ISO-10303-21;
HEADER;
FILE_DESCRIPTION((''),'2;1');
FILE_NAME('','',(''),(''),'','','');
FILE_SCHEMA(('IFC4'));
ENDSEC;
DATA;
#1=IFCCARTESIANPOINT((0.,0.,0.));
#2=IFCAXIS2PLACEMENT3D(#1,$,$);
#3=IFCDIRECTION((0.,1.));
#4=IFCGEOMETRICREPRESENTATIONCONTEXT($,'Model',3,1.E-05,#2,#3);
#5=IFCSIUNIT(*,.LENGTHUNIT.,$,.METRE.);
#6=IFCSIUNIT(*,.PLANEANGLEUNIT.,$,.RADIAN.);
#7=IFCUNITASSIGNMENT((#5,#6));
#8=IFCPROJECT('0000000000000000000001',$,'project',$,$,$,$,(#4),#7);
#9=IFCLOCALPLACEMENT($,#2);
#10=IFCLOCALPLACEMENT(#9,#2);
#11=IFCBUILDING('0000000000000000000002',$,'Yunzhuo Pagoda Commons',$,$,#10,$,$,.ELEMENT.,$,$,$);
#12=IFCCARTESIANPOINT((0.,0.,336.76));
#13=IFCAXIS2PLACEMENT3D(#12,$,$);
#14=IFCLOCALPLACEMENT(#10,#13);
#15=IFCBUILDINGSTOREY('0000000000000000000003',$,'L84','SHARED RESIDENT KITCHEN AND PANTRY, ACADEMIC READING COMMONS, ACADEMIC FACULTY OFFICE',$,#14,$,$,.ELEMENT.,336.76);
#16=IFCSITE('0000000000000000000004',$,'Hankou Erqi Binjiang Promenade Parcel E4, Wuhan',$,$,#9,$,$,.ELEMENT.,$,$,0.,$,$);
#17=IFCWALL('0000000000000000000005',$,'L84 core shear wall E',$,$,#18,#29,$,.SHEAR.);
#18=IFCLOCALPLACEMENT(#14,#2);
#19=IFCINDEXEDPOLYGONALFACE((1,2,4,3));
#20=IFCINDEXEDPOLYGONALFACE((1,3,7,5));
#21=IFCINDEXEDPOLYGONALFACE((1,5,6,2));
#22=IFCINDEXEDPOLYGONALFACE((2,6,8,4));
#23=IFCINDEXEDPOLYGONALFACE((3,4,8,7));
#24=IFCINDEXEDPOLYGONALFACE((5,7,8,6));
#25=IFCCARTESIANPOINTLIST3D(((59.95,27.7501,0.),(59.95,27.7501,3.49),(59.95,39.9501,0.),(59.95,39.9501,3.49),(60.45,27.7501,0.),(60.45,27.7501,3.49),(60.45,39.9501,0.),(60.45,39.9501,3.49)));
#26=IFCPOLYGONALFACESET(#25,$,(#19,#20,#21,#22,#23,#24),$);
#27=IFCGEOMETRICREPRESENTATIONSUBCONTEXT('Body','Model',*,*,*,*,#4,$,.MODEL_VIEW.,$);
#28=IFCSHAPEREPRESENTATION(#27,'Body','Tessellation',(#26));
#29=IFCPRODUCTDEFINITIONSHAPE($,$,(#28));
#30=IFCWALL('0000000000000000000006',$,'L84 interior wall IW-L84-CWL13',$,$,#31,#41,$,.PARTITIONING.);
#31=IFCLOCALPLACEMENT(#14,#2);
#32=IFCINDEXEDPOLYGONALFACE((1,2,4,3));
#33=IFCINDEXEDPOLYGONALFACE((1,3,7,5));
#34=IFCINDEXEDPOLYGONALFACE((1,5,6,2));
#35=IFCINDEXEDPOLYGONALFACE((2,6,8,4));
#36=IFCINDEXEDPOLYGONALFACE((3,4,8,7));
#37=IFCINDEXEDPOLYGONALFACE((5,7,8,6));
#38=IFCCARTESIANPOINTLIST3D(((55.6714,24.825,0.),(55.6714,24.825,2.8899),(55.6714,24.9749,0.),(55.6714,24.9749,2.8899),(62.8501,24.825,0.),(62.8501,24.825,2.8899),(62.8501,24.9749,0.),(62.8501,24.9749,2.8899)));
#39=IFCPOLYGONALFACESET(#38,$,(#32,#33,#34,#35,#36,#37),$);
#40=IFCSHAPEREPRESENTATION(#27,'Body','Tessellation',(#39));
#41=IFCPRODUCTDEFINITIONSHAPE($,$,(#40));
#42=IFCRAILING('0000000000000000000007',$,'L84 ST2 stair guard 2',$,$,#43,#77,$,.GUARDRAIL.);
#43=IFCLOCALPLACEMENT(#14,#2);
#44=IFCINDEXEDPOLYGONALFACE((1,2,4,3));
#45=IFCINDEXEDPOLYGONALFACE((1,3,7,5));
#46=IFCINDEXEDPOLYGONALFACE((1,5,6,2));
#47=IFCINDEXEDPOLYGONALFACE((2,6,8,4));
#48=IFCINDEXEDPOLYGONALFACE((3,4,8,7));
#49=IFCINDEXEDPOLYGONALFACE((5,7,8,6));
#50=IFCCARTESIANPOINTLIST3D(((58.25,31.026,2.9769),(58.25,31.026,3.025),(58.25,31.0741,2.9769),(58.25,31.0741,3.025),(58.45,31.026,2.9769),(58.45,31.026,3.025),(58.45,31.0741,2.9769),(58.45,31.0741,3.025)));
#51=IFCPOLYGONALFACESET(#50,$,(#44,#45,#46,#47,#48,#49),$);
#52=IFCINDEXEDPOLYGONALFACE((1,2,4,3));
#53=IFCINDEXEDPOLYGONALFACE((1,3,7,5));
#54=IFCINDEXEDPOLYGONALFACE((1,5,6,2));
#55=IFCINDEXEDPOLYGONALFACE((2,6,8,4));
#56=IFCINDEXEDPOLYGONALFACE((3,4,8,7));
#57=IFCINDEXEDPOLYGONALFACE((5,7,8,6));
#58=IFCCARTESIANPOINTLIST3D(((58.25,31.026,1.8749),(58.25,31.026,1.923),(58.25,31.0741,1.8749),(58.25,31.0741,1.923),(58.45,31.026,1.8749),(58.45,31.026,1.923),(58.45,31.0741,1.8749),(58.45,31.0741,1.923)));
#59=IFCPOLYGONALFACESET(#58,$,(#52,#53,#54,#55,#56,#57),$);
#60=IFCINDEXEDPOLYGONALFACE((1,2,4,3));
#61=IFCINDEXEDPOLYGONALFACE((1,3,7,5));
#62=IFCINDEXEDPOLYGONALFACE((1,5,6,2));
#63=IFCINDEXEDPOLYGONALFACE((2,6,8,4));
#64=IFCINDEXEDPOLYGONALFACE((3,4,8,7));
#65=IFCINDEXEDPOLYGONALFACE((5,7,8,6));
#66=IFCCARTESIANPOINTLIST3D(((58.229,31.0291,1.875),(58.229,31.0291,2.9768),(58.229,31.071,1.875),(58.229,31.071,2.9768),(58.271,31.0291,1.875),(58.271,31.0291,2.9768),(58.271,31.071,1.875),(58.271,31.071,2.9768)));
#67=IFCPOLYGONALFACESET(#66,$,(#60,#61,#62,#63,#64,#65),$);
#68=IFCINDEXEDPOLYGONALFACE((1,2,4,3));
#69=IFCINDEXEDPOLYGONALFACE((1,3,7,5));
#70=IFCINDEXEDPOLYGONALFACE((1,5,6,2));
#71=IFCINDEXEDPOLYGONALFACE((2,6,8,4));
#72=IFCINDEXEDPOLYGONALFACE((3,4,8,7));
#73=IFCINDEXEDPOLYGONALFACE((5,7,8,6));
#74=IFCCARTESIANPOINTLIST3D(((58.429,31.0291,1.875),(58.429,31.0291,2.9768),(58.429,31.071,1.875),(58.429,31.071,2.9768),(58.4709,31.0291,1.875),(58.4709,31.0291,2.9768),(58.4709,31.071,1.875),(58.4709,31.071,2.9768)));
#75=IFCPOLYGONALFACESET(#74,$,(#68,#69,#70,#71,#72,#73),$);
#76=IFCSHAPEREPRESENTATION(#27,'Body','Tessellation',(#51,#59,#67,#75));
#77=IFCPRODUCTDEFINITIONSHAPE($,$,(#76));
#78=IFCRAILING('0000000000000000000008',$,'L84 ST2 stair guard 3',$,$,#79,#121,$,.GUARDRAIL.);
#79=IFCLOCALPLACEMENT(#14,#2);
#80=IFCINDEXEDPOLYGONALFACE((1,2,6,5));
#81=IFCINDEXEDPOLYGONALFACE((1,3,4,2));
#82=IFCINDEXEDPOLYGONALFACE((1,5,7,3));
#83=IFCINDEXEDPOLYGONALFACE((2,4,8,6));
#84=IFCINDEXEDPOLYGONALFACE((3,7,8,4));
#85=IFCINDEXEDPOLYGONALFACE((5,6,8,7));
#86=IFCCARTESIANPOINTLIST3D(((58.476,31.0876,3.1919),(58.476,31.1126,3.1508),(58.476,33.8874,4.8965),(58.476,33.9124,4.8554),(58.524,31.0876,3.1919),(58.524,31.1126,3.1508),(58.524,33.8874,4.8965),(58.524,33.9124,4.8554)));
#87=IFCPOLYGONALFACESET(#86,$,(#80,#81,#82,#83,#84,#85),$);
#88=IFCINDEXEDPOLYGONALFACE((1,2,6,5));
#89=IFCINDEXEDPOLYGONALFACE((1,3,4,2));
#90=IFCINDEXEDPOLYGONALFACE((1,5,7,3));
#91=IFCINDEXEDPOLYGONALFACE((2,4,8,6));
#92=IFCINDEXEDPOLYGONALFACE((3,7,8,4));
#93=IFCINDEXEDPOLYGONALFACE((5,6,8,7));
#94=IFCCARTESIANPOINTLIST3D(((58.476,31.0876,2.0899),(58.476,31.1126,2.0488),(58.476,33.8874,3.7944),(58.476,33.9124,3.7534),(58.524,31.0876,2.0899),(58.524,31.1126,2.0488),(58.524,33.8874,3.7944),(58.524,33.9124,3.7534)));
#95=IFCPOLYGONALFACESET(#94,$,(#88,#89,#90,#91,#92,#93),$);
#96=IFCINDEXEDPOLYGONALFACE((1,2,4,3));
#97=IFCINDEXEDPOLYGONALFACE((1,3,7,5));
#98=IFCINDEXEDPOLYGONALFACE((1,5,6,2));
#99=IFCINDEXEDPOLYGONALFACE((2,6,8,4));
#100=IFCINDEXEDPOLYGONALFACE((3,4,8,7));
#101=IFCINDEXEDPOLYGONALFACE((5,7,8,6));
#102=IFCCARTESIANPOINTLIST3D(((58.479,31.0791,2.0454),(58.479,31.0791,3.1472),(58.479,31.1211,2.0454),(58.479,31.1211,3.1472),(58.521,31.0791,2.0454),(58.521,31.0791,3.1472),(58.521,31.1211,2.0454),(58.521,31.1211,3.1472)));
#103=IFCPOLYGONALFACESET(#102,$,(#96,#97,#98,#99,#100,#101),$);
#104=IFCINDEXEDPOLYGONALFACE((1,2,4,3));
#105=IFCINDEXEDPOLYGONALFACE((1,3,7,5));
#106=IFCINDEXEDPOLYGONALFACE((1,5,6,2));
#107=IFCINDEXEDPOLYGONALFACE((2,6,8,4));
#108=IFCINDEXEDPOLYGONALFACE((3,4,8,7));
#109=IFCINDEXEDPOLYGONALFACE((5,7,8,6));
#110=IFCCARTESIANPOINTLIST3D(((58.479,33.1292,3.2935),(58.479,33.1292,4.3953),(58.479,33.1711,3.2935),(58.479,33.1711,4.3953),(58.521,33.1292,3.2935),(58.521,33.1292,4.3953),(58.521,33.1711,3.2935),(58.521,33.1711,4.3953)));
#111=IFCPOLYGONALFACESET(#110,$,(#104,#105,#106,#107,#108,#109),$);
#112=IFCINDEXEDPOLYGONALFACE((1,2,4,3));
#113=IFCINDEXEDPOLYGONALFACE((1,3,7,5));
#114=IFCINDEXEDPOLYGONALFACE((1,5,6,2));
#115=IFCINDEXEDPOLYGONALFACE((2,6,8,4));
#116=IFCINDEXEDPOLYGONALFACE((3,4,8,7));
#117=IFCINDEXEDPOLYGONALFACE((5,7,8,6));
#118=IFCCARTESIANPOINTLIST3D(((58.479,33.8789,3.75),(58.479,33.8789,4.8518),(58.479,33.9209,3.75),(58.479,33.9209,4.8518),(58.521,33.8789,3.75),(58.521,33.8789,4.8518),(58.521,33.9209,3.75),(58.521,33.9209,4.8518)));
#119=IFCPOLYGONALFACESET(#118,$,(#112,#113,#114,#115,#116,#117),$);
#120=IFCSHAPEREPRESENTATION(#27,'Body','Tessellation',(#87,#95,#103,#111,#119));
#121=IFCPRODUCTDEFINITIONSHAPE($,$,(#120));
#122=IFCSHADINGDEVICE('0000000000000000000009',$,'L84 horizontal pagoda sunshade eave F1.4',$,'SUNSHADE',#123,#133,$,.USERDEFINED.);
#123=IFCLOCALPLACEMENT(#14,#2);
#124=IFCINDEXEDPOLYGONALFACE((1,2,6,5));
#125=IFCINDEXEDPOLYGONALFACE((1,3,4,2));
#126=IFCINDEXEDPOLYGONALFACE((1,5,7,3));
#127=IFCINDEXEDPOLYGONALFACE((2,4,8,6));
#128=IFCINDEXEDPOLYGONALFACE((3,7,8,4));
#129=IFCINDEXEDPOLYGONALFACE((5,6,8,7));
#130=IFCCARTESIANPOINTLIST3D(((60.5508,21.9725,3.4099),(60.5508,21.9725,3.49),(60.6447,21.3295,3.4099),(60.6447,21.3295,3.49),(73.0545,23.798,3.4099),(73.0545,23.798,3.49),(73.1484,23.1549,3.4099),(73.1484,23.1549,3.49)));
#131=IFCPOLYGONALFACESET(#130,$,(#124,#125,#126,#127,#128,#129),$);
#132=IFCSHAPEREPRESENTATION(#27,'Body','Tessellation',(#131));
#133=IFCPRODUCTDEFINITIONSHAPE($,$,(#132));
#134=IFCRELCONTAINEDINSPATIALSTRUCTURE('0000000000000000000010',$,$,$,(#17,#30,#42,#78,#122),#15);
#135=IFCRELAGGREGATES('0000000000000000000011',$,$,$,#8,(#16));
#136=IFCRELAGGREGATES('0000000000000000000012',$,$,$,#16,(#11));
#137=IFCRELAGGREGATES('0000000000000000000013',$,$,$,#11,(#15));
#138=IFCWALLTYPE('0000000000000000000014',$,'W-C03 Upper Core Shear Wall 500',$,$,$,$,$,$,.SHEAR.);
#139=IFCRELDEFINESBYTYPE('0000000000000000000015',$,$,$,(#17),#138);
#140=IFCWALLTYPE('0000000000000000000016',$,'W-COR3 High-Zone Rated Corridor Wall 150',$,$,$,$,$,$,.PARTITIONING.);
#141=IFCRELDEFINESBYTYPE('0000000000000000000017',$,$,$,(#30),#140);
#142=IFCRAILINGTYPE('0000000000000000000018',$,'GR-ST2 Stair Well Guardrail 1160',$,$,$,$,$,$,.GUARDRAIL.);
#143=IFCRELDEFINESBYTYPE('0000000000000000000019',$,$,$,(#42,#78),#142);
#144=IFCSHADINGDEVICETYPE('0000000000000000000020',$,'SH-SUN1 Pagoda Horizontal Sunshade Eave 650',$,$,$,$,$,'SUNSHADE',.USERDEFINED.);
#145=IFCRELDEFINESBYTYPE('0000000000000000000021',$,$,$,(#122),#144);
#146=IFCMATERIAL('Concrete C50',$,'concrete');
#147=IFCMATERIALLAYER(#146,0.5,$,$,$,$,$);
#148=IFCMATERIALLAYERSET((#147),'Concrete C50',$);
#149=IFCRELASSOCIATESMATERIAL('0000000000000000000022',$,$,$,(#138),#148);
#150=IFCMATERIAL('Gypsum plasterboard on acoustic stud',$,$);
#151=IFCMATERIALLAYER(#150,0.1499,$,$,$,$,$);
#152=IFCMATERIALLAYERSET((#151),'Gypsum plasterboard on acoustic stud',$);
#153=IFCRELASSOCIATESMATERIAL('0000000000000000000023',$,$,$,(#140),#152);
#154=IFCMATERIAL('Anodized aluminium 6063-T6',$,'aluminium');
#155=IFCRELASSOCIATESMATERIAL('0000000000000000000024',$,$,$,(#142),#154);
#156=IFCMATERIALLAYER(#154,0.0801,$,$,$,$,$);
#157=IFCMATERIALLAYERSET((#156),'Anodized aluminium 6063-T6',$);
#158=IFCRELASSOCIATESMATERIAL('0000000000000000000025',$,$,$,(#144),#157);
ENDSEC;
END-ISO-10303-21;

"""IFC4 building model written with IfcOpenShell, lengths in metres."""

from ifc_helpers import new_model, si_unit, direction, frame, frame_2d, origin, origin_2d, place, context, subcontext, project, spatial, rectangle, extrude, source, transform, mapped, material, layer, layer_set, type_object, element, save


model = new_model("IFC4")

# Units and contexts
model_context = context("Model", 3, precision=1e-05, world=origin(), true_north=direction((0.0, 1.0)))
body_context = subcontext(model_context, "Body", "Model", "MODEL_VIEW")
ifc_project = project(units=[si_unit("LENGTHUNIT", "METRE"), si_unit("PLANEANGLEUNIT", "RADIAN")], contexts=[model_context])

# Site, building, storey
site_placement = place(None, origin())
site = spatial("IfcSite", under=ifc_project, at=site_placement, Name="Hankou Erqi Binjiang Promenade Parcel E4, Wuhan", CompositionType="ELEMENT", RefElevation=0.0)
building_placement = place(site_placement, origin())
building = spatial("IfcBuilding", under=site, at=building_placement, Name="Yunzhuo Pagoda Commons", CompositionType="ELEMENT")
storey_placement = place(building_placement, frame((0.0, 0.0, 336.76)))
storey = spatial("IfcBuildingStorey", under=building, at=storey_placement, Name="L84", Description="SHARED RESIDENT KITCHEN AND PANTRY, ACADEMIC READING COMMONS, ACADEMIC FACULTY OFFICE", CompositionType="ELEMENT", Elevation=336.76)

# Shared definitions
ifc_material_1 = material(Name="Anodized aluminium 6063-T6", Category="aluminium")

# Walls
ifc_material_2 = material(Name="Concrete C50", Category="concrete")
ifc_layer_1 = layer(ifc_material_2, 0.5)
ifc_layer_set_1 = layer_set([ifc_layer_1], Name="Concrete C50")
wall_type_1 = type_object("IfcWallType", Name="W-C03 Upper Core Shear Wall 500", PredefinedType="SHEAR", material=ifc_layer_set_1)
wall_1_placement = place(storey_placement, frame((60.2, 27.75, 0.0), z_axis=(0.0, 0.0, 1.0), x_axis=(0.0, 1.0, 0.0)))
element("IfcWall", 1, at=wall_1_placement, inside=storey, type_object=wall_type_1, Name="L84 core shear wall E", PredefinedType="SHEAR", context=body_context, shape_type="SweptSolid", body=[
    extrude(rectangle(XDim=12.2, YDim=0.5, at=frame_2d((6.1001, 0.0))), origin(), (0.0, 0.0, 1.0), 3.49),
])
ifc_material_3 = material(Name="Gypsum plasterboard on acoustic stud")
ifc_layer_2 = layer(ifc_material_3, 0.1499)
ifc_layer_set_2 = layer_set([ifc_layer_2], Name="Gypsum plasterboard on acoustic stud")
wall_type_2 = type_object("IfcWallType", Name="W-COR3 High-Zone Rated Corridor Wall 150", PredefinedType="PARTITIONING", material=ifc_layer_set_2)
wall_2_placement = place(storey_placement, frame((62.8501, 24.8999, 0.0), z_axis=(0.0, 0.0, 1.0), x_axis=(-1.0, 0.0, 0.0)))
element("IfcWall", 2, at=wall_2_placement, inside=storey, type_object=wall_type_2, Name="L84 interior wall IW-L84-CWL13", PredefinedType="PARTITIONING", context=body_context, shape_type="SweptSolid", body=[
    extrude(rectangle(XDim=7.1787, YDim=0.1499, at=frame_2d((3.5894, 0.0))), origin(), (0.0, 0.0, 1.0), 2.8899),
])

# Railings
railing_type = type_object("IfcRailingType", Name="GR-ST2 Stair Well Guardrail 1160", PredefinedType="GUARDRAIL", material=ifc_material_1)
railing_1_placement = place(storey_placement, frame((58.25, 31.05, 1.875)))
element("IfcRailing", 3, at=railing_1_placement, inside=storey, type_object=railing_type, Name="L84 ST2 stair guard 2", PredefinedType="GUARDRAIL", context=body_context, shape_type="SweptSolid", body=[
    extrude(rectangle(XDim=0.0481, YDim=0.0481, at=origin_2d()), frame((0.0, 0.0, 1.126), z_axis=(1.0, 0.0, 0.0), x_axis=(0.0, 1.0, 0.0)), (0.0, 0.0, 1.0), 0.2),
    extrude(rectangle(XDim=0.0481, YDim=0.0481, at=origin_2d()), frame((0.0, 0.0, 0.0239), z_axis=(1.0, 0.0, 0.0), x_axis=(0.0, 1.0, 0.0)), (0.0, 0.0, 1.0), 0.2),
    extrude(rectangle(XDim=0.042, YDim=0.042, at=origin_2d()), origin(), (0.0, 0.0, 1.0), 1.1018),
    extrude(rectangle(XDim=0.042, YDim=0.042, at=origin_2d()), frame((0.2, 0.0, 0.0)), (0.0, 0.0, 1.0), 1.1018),
])
railing_2_placement = place(storey_placement, frame((58.5, 31.1001, 2.0454)))
element("IfcRailing", 4, at=railing_2_placement, inside=storey, type_object=railing_type, Name="L84 ST2 stair guard 3", PredefinedType="GUARDRAIL", context=body_context, shape_type="SweptSolid", body=[
    extrude(rectangle(XDim=0.0481, YDim=0.0481, at=origin_2d()), frame((0.0, 0.0, 1.126), z_axis=(0.0, 0.85415, 0.520027), x_axis=(-1.0, 0.0, 0.0)), (0.0, 0.0, 1.0), 3.2778),
    extrude(rectangle(XDim=0.0481, YDim=0.0481, at=origin_2d()), frame((0.0, 0.0, 0.0239), z_axis=(0.0, 0.85415, 0.520027), x_axis=(-1.0, 0.0, 0.0)), (0.0, 0.0, 1.0), 3.2778),
    extrude(rectangle(XDim=0.042, YDim=0.042, at=origin_2d()), origin(), (0.0, 0.0, 1.0), 1.1018),
    extrude(rectangle(XDim=0.042, YDim=0.042, at=origin_2d()), frame((0.0, 2.05, 1.248)), (0.0, 0.0, 1.0), 1.1018),
    extrude(rectangle(XDim=0.042, YDim=0.042, at=origin_2d()), frame((0.0, 2.7998, 1.7046)), (0.0, 0.0, 1.0), 1.1018),
])

# Shading device
ifc_layer_3 = layer(ifc_material_1, 0.0801)
ifc_layer_set_3 = layer_set([ifc_layer_3], Name="Anodized aluminium 6063-T6")
shading_device_type = type_object("IfcShadingDeviceType", Name="SH-SUN1 Pagoda Horizontal Sunshade Eave 650", ElementType="SUNSHADE", PredefinedType="USERDEFINED", material=ifc_layer_set_3)
shared_shape_1 = source(origin(), body_context, "Body", "SweptSolid", [
    extrude(rectangle(XDim=12.6362, YDim=0.6499, at=origin_2d()), origin(), (0.0, 0.0, 1.0), 0.0801),
])
shading_device_placement = place(storey_placement, frame((66.8496, 22.5637, 3.4099), z_axis=(0.0, 0.0, 1.0), x_axis=(0.989511, 0.14446, 0.0)))
element("IfcShadingDevice", 5, at=shading_device_placement, inside=storey, type_object=shading_device_type, Name="L84 horizontal pagoda sunshade eave F1.4", ObjectType="SUNSHADE", PredefinedType="USERDEFINED", context=body_context, shape_type="MappedRepresentation", body=[
    mapped(shared_shape_1, transform((0.0, 0.0, 0.0), scale=1.0)),
])

save(model, "model.ifc")
